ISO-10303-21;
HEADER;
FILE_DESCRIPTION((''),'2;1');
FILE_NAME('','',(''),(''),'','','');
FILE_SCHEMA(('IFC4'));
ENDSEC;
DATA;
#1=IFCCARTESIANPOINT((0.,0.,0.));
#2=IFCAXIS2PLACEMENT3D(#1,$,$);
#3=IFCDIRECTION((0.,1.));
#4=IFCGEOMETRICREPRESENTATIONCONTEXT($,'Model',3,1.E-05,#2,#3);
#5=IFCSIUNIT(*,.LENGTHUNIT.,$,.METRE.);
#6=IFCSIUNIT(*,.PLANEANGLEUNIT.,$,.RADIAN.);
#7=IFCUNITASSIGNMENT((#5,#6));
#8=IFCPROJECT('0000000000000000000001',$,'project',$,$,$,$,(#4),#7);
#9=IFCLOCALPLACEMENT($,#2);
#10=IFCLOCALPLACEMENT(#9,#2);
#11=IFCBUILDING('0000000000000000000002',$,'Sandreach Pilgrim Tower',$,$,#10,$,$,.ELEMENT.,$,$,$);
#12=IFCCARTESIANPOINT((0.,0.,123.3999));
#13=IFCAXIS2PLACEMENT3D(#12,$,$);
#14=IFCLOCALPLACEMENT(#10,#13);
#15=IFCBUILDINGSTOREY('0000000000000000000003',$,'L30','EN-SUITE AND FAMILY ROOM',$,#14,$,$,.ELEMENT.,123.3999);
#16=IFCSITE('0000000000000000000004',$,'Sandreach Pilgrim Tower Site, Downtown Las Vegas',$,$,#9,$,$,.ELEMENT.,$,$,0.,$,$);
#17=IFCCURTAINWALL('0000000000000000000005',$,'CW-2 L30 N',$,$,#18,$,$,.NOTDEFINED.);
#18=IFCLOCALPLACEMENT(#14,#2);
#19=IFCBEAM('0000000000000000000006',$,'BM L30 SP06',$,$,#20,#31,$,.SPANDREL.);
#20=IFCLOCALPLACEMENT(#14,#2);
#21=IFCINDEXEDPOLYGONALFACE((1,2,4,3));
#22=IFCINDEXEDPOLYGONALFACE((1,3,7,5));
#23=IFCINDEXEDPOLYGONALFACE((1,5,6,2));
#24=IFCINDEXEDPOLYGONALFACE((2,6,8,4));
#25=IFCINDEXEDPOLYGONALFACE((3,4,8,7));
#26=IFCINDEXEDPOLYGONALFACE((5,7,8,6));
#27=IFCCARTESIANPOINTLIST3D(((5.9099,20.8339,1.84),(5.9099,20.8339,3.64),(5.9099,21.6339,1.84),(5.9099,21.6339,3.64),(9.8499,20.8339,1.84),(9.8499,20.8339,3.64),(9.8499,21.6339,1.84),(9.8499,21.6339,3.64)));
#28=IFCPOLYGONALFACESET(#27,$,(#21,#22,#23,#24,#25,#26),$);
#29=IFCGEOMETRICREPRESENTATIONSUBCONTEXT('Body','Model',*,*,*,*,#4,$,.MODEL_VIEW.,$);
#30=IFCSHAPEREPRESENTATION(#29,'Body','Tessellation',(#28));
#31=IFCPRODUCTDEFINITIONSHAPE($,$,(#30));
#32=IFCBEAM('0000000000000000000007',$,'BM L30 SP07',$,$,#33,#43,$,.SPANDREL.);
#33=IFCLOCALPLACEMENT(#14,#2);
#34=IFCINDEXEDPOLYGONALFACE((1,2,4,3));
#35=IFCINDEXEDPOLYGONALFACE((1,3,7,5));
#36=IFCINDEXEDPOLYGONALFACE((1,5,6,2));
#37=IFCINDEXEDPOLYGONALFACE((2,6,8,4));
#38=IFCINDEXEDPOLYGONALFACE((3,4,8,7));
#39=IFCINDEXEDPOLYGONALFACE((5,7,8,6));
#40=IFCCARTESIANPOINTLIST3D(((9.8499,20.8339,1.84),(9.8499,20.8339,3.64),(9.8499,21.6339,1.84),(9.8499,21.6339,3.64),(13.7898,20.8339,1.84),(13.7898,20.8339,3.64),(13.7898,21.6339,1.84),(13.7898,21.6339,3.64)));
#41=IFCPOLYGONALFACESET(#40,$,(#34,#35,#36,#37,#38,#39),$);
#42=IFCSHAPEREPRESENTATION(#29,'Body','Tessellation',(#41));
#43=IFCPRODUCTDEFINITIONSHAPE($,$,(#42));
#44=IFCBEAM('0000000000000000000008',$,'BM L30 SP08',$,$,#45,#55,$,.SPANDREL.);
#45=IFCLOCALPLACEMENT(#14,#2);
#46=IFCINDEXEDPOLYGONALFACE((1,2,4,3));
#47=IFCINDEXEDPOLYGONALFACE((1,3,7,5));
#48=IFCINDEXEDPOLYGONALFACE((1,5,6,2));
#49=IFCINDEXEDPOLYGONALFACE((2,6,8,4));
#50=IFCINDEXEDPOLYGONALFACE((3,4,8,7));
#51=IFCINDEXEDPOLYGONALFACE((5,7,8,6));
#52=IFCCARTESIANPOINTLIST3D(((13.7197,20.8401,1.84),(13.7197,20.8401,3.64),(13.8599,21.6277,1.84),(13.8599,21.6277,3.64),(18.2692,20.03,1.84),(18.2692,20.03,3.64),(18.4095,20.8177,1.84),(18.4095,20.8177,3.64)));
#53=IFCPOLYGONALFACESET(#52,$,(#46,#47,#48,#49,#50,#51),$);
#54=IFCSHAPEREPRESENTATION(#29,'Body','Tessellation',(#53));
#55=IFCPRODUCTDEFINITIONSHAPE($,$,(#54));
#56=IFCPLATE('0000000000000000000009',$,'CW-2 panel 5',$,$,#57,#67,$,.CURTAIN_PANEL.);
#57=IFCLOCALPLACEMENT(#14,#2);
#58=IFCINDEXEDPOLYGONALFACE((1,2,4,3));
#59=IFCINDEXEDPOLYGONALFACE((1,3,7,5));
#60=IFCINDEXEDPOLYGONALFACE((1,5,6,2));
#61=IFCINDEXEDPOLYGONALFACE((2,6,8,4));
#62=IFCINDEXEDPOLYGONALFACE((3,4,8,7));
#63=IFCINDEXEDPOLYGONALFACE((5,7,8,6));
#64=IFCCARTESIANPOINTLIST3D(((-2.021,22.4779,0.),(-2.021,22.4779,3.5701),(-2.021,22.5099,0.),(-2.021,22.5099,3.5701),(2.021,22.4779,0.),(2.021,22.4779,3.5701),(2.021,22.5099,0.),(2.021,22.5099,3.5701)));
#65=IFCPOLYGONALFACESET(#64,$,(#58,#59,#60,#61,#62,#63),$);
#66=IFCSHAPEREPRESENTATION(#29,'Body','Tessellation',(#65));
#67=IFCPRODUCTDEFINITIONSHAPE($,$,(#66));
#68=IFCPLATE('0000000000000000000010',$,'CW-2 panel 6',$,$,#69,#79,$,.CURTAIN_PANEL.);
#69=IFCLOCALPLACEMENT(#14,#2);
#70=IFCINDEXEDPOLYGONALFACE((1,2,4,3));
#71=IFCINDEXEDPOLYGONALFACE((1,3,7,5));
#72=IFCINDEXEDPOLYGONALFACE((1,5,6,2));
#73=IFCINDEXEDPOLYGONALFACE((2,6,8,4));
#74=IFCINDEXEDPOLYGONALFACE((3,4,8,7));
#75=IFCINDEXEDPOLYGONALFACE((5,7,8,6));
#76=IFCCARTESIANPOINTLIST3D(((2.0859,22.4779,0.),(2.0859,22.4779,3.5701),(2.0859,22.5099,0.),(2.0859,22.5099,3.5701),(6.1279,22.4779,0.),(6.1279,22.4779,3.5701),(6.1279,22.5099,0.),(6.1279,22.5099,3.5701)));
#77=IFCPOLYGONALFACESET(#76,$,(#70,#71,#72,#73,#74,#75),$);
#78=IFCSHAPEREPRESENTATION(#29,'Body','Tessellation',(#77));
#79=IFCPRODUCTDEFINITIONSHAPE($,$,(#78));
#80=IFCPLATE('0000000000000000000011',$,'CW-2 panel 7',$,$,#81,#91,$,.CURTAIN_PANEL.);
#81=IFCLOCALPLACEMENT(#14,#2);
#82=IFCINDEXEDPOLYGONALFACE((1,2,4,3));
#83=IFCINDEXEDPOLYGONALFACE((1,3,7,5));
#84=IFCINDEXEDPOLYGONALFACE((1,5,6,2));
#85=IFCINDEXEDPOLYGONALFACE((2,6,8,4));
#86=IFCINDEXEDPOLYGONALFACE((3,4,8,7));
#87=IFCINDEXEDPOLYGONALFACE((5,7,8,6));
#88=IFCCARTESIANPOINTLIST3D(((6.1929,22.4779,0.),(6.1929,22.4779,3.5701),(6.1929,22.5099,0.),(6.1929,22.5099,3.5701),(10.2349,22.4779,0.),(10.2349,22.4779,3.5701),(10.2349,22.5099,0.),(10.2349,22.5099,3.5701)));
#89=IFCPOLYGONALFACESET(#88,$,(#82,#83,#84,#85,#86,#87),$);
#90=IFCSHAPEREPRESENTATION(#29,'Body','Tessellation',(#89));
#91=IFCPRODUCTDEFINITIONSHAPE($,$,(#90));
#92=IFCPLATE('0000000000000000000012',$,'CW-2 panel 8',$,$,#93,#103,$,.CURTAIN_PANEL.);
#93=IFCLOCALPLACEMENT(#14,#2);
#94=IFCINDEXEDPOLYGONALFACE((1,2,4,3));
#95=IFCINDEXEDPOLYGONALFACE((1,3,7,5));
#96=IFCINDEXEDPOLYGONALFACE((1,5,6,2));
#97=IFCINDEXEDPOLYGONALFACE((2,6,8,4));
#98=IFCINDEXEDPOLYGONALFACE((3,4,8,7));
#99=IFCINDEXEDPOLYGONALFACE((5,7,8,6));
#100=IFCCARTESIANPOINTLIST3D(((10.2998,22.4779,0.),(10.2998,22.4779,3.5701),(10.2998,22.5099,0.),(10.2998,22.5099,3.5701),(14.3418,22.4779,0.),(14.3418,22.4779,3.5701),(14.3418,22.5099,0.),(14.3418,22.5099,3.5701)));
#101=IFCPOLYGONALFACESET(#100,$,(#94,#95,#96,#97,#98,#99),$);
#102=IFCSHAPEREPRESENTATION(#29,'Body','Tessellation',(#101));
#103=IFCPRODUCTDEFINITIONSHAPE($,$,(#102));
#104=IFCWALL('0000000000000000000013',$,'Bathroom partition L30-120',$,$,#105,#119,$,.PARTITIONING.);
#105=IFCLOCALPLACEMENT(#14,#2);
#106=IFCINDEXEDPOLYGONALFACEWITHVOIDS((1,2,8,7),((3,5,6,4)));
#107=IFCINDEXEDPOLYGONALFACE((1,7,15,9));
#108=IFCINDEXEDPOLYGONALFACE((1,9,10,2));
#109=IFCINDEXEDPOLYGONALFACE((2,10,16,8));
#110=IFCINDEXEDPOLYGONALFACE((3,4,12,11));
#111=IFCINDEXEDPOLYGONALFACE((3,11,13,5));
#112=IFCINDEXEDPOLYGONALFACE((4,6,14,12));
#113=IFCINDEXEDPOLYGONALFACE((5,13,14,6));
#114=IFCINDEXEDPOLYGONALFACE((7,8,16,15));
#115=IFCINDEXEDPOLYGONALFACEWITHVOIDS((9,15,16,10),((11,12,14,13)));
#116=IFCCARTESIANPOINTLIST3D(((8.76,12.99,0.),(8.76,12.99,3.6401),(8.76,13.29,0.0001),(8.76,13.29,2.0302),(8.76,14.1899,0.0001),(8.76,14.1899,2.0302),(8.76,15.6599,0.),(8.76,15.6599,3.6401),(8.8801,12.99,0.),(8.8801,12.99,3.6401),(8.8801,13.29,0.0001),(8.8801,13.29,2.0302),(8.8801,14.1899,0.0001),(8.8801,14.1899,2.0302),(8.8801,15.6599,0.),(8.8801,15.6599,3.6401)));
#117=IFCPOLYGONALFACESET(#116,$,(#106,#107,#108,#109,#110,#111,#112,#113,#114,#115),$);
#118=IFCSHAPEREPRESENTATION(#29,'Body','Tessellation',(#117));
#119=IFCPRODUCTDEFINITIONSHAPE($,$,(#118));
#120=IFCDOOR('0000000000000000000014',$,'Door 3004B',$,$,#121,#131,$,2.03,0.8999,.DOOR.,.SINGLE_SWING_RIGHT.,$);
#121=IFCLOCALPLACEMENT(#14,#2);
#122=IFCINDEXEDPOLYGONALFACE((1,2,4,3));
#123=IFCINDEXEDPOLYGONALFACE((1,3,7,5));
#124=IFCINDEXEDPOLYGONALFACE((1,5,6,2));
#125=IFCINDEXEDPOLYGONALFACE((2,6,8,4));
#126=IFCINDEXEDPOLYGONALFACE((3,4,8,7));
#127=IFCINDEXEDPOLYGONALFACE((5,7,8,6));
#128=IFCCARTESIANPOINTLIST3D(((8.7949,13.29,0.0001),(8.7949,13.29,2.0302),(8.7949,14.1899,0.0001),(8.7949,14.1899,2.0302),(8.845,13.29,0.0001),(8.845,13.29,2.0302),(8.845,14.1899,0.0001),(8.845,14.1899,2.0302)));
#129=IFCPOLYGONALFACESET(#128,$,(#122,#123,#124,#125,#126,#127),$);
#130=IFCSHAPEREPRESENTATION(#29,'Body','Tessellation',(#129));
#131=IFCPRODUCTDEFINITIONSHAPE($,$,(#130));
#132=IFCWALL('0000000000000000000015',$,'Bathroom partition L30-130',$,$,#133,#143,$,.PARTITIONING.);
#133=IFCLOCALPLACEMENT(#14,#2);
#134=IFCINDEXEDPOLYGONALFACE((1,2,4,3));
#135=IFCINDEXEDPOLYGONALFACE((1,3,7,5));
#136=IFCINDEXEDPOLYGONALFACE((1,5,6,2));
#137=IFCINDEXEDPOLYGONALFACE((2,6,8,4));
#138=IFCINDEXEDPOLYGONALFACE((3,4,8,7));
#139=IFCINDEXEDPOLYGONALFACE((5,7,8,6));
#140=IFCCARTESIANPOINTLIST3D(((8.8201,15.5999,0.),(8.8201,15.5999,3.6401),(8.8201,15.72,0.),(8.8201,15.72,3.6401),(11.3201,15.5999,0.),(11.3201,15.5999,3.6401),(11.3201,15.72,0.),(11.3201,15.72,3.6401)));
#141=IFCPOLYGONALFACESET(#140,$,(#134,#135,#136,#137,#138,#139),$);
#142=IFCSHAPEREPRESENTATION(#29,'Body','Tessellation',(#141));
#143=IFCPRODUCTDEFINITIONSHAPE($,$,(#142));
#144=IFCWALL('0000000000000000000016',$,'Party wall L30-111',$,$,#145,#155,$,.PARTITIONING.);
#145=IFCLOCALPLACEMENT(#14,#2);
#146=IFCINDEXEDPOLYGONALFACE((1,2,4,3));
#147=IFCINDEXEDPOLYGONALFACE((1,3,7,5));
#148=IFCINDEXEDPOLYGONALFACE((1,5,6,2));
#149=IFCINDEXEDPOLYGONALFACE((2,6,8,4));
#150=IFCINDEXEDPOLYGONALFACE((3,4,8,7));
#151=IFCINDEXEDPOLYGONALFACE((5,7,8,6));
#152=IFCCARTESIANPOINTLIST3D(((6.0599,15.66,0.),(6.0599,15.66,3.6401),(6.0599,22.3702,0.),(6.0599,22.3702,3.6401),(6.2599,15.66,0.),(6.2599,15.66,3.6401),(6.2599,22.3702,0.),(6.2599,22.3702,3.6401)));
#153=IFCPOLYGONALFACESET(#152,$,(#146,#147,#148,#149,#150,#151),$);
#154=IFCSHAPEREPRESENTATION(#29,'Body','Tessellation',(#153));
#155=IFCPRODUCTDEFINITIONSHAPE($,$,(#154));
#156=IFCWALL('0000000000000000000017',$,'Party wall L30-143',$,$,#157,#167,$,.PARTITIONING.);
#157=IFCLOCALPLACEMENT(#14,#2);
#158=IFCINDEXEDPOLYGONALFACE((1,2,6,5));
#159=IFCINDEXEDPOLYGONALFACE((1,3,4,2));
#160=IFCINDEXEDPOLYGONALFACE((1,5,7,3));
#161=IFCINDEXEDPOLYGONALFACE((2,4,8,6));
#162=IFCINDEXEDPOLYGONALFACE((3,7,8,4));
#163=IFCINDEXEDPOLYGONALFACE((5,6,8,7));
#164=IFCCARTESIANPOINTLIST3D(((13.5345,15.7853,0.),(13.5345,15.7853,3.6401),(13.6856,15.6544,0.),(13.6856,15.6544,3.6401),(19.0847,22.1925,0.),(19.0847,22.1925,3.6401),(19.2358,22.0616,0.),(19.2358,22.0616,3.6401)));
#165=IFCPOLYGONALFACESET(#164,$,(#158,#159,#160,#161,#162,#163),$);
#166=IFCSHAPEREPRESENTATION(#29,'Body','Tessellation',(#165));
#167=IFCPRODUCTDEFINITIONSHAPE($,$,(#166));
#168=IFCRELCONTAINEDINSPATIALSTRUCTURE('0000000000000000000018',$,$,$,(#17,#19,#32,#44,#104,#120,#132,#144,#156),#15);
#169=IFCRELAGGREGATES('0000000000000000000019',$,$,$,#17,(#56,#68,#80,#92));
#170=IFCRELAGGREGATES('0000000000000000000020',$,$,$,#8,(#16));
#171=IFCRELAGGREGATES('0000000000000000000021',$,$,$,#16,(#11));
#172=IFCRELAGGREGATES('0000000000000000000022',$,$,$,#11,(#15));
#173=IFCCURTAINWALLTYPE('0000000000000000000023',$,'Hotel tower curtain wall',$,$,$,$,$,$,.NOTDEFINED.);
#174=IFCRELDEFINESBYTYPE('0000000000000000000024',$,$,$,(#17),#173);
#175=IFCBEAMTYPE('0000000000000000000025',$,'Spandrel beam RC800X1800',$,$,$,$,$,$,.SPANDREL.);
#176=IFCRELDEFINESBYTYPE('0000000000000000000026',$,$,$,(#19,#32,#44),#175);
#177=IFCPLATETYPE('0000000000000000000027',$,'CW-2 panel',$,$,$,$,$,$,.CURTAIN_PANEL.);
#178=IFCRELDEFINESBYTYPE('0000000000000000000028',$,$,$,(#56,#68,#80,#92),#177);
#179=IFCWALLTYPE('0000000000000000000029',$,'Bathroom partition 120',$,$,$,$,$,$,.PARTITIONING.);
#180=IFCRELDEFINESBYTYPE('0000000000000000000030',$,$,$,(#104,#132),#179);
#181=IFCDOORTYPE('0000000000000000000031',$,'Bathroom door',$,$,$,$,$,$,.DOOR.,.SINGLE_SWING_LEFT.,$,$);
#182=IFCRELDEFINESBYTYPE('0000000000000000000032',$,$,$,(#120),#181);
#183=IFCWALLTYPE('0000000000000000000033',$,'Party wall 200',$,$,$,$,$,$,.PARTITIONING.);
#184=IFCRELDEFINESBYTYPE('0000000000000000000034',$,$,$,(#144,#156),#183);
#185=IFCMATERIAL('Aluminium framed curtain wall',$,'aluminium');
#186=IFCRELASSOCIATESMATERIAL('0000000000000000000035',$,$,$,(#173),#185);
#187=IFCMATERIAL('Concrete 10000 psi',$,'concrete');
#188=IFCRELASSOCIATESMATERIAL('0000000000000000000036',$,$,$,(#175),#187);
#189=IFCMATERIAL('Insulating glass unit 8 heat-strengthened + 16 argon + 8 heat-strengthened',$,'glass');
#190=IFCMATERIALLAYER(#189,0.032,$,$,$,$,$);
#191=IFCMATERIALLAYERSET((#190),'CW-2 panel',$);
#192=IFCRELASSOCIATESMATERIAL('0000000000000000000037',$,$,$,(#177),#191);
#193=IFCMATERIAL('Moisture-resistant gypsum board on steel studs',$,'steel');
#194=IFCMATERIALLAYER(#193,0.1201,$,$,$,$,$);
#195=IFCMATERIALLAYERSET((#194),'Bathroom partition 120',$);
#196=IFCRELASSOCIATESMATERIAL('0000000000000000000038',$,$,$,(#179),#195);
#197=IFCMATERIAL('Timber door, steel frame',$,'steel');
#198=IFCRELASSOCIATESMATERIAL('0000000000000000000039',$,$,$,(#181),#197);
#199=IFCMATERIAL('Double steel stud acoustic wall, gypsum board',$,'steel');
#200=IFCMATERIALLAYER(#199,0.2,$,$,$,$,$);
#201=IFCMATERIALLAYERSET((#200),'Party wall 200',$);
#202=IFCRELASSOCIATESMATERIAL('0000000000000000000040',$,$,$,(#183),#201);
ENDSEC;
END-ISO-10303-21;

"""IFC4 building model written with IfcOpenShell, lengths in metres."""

from ifc_helpers import new_model, si_unit, direction, frame, frame_2d, origin, origin_2d, place, context, subcontext, project, spatial, rectangle, extrude, material, layer, layer_set, material_profile, profile_set, type_object, element, fill, aggregate, save


model = new_model("IFC4")

# Units and contexts
model_context = context("Model", 3, precision=1e-05, world=origin(), true_north=direction((0.0, 1.0)))
body_context = subcontext(model_context, "Body", "Model", "MODEL_VIEW")
ifc_project = project(units=[si_unit("LENGTHUNIT", "METRE"), si_unit("PLANEANGLEUNIT", "RADIAN")], contexts=[model_context])

# Site, building, storey
site_placement = place(None, origin())
site = spatial("IfcSite", under=ifc_project, at=site_placement, Name="Sandreach Pilgrim Tower Site, Downtown Las Vegas", CompositionType="ELEMENT", RefElevation=0.0)
building_placement = place(site_placement, origin())
building = spatial("IfcBuilding", under=site, at=building_placement, Name="Sandreach Pilgrim Tower", CompositionType="ELEMENT")
storey_placement = place(building_placement, frame((0.0, 0.0, 123.3999)))
storey = spatial("IfcBuildingStorey", under=building, at=storey_placement, Name="L30", Description="EN-SUITE AND FAMILY ROOM", CompositionType="ELEMENT", Elevation=123.3999)

# Curtain wall
ifc_material_1 = material(Name="Aluminium framed curtain wall", Category="aluminium")
curtain_wall_type = type_object("IfcCurtainWallType", Name="Hotel tower curtain wall", PredefinedType="NOTDEFINED", material=ifc_material_1)
curtain_wall_placement = place(storey_placement, origin())
curtain_wall = element("IfcCurtainWall", 1, at=curtain_wall_placement, inside=storey, type_object=curtain_wall_type, Name="CW-2 L30 N", PredefinedType="NOTDEFINED")

# Beams
ifc_material_2 = material(Name="Concrete 10000 psi", Category="concrete")
ifc_material_profile_1 = material_profile(ifc_material_2, rectangle(XDim=0.8, YDim=1.8, at=origin_2d()), Name="RC800X1800")
ifc_profile_set_1 = profile_set([ifc_material_profile_1], Name="Concrete 10000 psi")
beam_type_1 = type_object("IfcBeamType", Name="Spandrel beam RC800X1800", PredefinedType="SPANDREL", material=ifc_profile_set_1)
for number, where, z_axis, x_axis, name in (
    (2, (5.9099, 21.2339, 2.74), (1.0, 0.0, 0.0), (0.0, 1.0, 0.0), "BM L30 SP06"),
    (3, (9.8499, 21.2339, 2.74), (1.0, 0.0, 0.0), (0.0, 1.0, 0.0), "BM L30 SP07"),
):
    element("IfcBeam", number, at=place(storey_placement, frame(where, z_axis=z_axis, x_axis=x_axis)), inside=storey, type_object=beam_type_1, Name=name, PredefinedType="SPANDREL", context=body_context, shape_type="SweptSolid", body=[
        extrude(rectangle(XDim=0.8, YDim=1.8, at=origin_2d()), origin(), (0.0, 0.0, 1.0), 3.9399),
    ])
beam_1_placement = place(storey_placement, frame((13.7898, 21.2339, 2.74), z_axis=(0.984516, -0.175295, 0.0), x_axis=(0.175295, 0.984516, 0.0)))
element("IfcBeam", 4, at=beam_1_placement, inside=storey, type_object=beam_type_1, Name="BM L30 SP08", PredefinedType="SPANDREL", context=body_context, shape_type="SweptSolid", body=[
    extrude(rectangle(XDim=0.8, YDim=1.8, at=origin_2d()), origin(), (0.0, 0.0, 1.0), 4.6211),
])

# Plates
ifc_material_3 = material(Name="Insulating glass unit 8 heat-strengthened + 16 argon + 8 heat-strengthened", Category="glass")
ifc_layer_1 = layer(ifc_material_3, 0.032)
ifc_layer_set_1 = layer_set([ifc_layer_1], Name="CW-2 panel")
plate_type = type_object("IfcPlateType", Name="CW-2 panel", PredefinedType="CURTAIN_PANEL", material=ifc_layer_set_1)
plate_1_placement = place(storey_placement, frame((0.0, 22.4939, 0.0), z_axis=(0.0, 0.0, 1.0), x_axis=(1.0, 0.0, 0.0)))
plate_1 = element("IfcPlate", 5, at=plate_1_placement, type_object=plate_type, Name="CW-2 panel 5", PredefinedType="CURTAIN_PANEL", context=body_context, shape_type="SweptSolid", body=[
    extrude(rectangle(XDim=4.042, YDim=0.032, at=origin_2d()), origin(), (0.0, 0.0, 1.0), 3.5701),
])
plate_2_placement = place(storey_placement, frame((4.1069, 22.4939, 0.0), z_axis=(0.0, 0.0, 1.0), x_axis=(1.0, 0.0, 0.0)))
plate_2 = element("IfcPlate", 6, at=plate_2_placement, type_object=plate_type, Name="CW-2 panel 6", PredefinedType="CURTAIN_PANEL", context=body_context, shape_type="SweptSolid", body=[
    extrude(rectangle(XDim=4.042, YDim=0.032, at=origin_2d()), origin(), (0.0, 0.0, 1.0), 3.5701),
])
plate_3_placement = place(storey_placement, frame((8.2139, 22.4939, 0.0), z_axis=(0.0, 0.0, 1.0), x_axis=(1.0, 0.0, 0.0)))
plate_3 = element("IfcPlate", 7, at=plate_3_placement, type_object=plate_type, Name="CW-2 panel 7", PredefinedType="CURTAIN_PANEL", context=body_context, shape_type="SweptSolid", body=[
    extrude(rectangle(XDim=4.042, YDim=0.032, at=origin_2d()), origin(), (0.0, 0.0, 1.0), 3.5701),
])
plate_4_placement = place(storey_placement, frame((12.3208, 22.4939, 0.0), z_axis=(0.0, 0.0, 1.0), x_axis=(1.0, 0.0, 0.0)))
plate_4 = element("IfcPlate", 8, at=plate_4_placement, type_object=plate_type, Name="CW-2 panel 8", PredefinedType="CURTAIN_PANEL", context=body_context, shape_type="SweptSolid", body=[
    extrude(rectangle(XDim=4.042, YDim=0.032, at=origin_2d()), origin(), (0.0, 0.0, 1.0), 3.5701),
])
aggregate(curtain_wall, [plate_1, plate_2, plate_3, plate_4])

# Wall, opening, door
ifc_material_4 = material(Name="Moisture-resistant gypsum board on steel studs", Category="steel")
ifc_layer_2 = layer(ifc_material_4, 0.1201)
ifc_layer_set_2 = layer_set([ifc_layer_2], Name="Bathroom partition 120")
wall_type_1 = type_object("IfcWallType", Name="Bathroom partition 120", PredefinedType="PARTITIONING", material=ifc_layer_set_2)
wall_1_placement = place(storey_placement, frame((8.8201, 15.6599, 0.0), z_axis=(0.0, 0.0, 1.0), x_axis=(0.0, -1.0, 0.0)))
wall_1 = element("IfcWall", 9, at=wall_1_placement, inside=storey, type_object=wall_type_1, Name="Bathroom partition L30-120", PredefinedType="PARTITIONING", context=body_context, shape_type="SweptSolid", body=[
    extrude(rectangle(XDim=2.6699, YDim=0.1201, at=frame_2d((1.335, 0.0))), origin(), (0.0, 0.0, 1.0), 3.6401),
])
opening_placement = place(wall_1_placement, frame((1.47, 0.0, 0.0)))
opening = element("IfcOpeningElement", 10, at=opening_placement, cuts=wall_1, PredefinedType="OPENING", context=body_context, shape_type="SweptSolid", body=[
    extrude(rectangle(XDim=0.8999, YDim=2.03, at=frame_2d((0.45, 1.0151))), frame((0.0, 0.0601, 0.0), z_axis=(0.0, -1.0, 0.0), x_axis=(1.0, 0.0, 0.0)), (0.0, 0.0, 1.0), 0.1201),
])
ifc_material_5 = material(Name="Timber door, steel frame", Category="steel")
door_type = type_object("IfcDoorType", Name="Bathroom door", OperationType="SINGLE_SWING_LEFT", PredefinedType="DOOR", material=ifc_material_5)
door_placement = place(opening_placement, origin())
door = element("IfcDoor", 11, at=door_placement, inside=storey, type_object=door_type, Name="Door 3004B", OperationType="SINGLE_SWING_RIGHT", OverallHeight=2.03, OverallWidth=0.8999, PredefinedType="DOOR", context=body_context, shape_type="SweptSolid", body=[
    extrude(rectangle(XDim=0.8999, YDim=2.03, at=frame_2d((0.45, 1.0151))), frame((0.0, 0.0249, 0.0), z_axis=(0.0, -1.0, 0.0), x_axis=(1.0, 0.0, 0.0)), (0.0, 0.0, 1.0), 0.05),
])
fill(opening, door)

# Walls
wall_2_placement = place(storey_placement, frame((11.3201, 15.6599, 0.0), z_axis=(0.0, 0.0, 1.0), x_axis=(-1.0, 0.0, 0.0)))
element("IfcWall", 12, at=wall_2_placement, inside=storey, type_object=wall_type_1, Name="Bathroom partition L30-130", PredefinedType="PARTITIONING", context=body_context, shape_type="SweptSolid", body=[
    extrude(rectangle(XDim=2.5, YDim=0.1201, at=frame_2d((1.25, 0.0))), origin(), (0.0, 0.0, 1.0), 3.6401),
])
ifc_material_6 = material(Name="Double steel stud acoustic wall, gypsum board", Category="steel")
ifc_layer_3 = layer(ifc_material_6, 0.2)
ifc_layer_set_3 = layer_set([ifc_layer_3], Name="Party wall 200")
wall_type_2 = type_object("IfcWallType", Name="Party wall 200", PredefinedType="PARTITIONING", material=ifc_layer_set_3)
wall_3_placement = place(storey_placement, frame((6.1599, 22.3701, 0.0), z_axis=(0.0, 0.0, 1.0), x_axis=(0.0, -1.0, 0.0)))
element("IfcWall", 13, at=wall_3_placement, inside=storey, type_object=wall_type_2, Name="Party wall L30-111", PredefinedType="PARTITIONING", context=body_context, shape_type="SweptSolid", body=[
    extrude(rectangle(XDim=6.7102, YDim=0.2, at=frame_2d((3.355, 0.0))), origin(), (0.0, 0.0, 1.0), 3.6401),
])
wall_4_placement = place(storey_placement, frame((13.6101, 15.72, 0.0), z_axis=(0.0, 0.0, 1.0), x_axis=(0.654753, 0.755843, 0.0)))
element("IfcWall", 14, at=wall_4_placement, inside=storey, type_object=wall_type_2, Name="Party wall L30-143", PredefinedType="PARTITIONING", context=body_context, shape_type="SweptSolid", body=[
    extrude(rectangle(XDim=8.4768, YDim=0.2, at=frame_2d((4.2383, 0.0))), origin(), (0.0, 0.0, 1.0), 3.6401),
])

save(model, "model.ifc")
